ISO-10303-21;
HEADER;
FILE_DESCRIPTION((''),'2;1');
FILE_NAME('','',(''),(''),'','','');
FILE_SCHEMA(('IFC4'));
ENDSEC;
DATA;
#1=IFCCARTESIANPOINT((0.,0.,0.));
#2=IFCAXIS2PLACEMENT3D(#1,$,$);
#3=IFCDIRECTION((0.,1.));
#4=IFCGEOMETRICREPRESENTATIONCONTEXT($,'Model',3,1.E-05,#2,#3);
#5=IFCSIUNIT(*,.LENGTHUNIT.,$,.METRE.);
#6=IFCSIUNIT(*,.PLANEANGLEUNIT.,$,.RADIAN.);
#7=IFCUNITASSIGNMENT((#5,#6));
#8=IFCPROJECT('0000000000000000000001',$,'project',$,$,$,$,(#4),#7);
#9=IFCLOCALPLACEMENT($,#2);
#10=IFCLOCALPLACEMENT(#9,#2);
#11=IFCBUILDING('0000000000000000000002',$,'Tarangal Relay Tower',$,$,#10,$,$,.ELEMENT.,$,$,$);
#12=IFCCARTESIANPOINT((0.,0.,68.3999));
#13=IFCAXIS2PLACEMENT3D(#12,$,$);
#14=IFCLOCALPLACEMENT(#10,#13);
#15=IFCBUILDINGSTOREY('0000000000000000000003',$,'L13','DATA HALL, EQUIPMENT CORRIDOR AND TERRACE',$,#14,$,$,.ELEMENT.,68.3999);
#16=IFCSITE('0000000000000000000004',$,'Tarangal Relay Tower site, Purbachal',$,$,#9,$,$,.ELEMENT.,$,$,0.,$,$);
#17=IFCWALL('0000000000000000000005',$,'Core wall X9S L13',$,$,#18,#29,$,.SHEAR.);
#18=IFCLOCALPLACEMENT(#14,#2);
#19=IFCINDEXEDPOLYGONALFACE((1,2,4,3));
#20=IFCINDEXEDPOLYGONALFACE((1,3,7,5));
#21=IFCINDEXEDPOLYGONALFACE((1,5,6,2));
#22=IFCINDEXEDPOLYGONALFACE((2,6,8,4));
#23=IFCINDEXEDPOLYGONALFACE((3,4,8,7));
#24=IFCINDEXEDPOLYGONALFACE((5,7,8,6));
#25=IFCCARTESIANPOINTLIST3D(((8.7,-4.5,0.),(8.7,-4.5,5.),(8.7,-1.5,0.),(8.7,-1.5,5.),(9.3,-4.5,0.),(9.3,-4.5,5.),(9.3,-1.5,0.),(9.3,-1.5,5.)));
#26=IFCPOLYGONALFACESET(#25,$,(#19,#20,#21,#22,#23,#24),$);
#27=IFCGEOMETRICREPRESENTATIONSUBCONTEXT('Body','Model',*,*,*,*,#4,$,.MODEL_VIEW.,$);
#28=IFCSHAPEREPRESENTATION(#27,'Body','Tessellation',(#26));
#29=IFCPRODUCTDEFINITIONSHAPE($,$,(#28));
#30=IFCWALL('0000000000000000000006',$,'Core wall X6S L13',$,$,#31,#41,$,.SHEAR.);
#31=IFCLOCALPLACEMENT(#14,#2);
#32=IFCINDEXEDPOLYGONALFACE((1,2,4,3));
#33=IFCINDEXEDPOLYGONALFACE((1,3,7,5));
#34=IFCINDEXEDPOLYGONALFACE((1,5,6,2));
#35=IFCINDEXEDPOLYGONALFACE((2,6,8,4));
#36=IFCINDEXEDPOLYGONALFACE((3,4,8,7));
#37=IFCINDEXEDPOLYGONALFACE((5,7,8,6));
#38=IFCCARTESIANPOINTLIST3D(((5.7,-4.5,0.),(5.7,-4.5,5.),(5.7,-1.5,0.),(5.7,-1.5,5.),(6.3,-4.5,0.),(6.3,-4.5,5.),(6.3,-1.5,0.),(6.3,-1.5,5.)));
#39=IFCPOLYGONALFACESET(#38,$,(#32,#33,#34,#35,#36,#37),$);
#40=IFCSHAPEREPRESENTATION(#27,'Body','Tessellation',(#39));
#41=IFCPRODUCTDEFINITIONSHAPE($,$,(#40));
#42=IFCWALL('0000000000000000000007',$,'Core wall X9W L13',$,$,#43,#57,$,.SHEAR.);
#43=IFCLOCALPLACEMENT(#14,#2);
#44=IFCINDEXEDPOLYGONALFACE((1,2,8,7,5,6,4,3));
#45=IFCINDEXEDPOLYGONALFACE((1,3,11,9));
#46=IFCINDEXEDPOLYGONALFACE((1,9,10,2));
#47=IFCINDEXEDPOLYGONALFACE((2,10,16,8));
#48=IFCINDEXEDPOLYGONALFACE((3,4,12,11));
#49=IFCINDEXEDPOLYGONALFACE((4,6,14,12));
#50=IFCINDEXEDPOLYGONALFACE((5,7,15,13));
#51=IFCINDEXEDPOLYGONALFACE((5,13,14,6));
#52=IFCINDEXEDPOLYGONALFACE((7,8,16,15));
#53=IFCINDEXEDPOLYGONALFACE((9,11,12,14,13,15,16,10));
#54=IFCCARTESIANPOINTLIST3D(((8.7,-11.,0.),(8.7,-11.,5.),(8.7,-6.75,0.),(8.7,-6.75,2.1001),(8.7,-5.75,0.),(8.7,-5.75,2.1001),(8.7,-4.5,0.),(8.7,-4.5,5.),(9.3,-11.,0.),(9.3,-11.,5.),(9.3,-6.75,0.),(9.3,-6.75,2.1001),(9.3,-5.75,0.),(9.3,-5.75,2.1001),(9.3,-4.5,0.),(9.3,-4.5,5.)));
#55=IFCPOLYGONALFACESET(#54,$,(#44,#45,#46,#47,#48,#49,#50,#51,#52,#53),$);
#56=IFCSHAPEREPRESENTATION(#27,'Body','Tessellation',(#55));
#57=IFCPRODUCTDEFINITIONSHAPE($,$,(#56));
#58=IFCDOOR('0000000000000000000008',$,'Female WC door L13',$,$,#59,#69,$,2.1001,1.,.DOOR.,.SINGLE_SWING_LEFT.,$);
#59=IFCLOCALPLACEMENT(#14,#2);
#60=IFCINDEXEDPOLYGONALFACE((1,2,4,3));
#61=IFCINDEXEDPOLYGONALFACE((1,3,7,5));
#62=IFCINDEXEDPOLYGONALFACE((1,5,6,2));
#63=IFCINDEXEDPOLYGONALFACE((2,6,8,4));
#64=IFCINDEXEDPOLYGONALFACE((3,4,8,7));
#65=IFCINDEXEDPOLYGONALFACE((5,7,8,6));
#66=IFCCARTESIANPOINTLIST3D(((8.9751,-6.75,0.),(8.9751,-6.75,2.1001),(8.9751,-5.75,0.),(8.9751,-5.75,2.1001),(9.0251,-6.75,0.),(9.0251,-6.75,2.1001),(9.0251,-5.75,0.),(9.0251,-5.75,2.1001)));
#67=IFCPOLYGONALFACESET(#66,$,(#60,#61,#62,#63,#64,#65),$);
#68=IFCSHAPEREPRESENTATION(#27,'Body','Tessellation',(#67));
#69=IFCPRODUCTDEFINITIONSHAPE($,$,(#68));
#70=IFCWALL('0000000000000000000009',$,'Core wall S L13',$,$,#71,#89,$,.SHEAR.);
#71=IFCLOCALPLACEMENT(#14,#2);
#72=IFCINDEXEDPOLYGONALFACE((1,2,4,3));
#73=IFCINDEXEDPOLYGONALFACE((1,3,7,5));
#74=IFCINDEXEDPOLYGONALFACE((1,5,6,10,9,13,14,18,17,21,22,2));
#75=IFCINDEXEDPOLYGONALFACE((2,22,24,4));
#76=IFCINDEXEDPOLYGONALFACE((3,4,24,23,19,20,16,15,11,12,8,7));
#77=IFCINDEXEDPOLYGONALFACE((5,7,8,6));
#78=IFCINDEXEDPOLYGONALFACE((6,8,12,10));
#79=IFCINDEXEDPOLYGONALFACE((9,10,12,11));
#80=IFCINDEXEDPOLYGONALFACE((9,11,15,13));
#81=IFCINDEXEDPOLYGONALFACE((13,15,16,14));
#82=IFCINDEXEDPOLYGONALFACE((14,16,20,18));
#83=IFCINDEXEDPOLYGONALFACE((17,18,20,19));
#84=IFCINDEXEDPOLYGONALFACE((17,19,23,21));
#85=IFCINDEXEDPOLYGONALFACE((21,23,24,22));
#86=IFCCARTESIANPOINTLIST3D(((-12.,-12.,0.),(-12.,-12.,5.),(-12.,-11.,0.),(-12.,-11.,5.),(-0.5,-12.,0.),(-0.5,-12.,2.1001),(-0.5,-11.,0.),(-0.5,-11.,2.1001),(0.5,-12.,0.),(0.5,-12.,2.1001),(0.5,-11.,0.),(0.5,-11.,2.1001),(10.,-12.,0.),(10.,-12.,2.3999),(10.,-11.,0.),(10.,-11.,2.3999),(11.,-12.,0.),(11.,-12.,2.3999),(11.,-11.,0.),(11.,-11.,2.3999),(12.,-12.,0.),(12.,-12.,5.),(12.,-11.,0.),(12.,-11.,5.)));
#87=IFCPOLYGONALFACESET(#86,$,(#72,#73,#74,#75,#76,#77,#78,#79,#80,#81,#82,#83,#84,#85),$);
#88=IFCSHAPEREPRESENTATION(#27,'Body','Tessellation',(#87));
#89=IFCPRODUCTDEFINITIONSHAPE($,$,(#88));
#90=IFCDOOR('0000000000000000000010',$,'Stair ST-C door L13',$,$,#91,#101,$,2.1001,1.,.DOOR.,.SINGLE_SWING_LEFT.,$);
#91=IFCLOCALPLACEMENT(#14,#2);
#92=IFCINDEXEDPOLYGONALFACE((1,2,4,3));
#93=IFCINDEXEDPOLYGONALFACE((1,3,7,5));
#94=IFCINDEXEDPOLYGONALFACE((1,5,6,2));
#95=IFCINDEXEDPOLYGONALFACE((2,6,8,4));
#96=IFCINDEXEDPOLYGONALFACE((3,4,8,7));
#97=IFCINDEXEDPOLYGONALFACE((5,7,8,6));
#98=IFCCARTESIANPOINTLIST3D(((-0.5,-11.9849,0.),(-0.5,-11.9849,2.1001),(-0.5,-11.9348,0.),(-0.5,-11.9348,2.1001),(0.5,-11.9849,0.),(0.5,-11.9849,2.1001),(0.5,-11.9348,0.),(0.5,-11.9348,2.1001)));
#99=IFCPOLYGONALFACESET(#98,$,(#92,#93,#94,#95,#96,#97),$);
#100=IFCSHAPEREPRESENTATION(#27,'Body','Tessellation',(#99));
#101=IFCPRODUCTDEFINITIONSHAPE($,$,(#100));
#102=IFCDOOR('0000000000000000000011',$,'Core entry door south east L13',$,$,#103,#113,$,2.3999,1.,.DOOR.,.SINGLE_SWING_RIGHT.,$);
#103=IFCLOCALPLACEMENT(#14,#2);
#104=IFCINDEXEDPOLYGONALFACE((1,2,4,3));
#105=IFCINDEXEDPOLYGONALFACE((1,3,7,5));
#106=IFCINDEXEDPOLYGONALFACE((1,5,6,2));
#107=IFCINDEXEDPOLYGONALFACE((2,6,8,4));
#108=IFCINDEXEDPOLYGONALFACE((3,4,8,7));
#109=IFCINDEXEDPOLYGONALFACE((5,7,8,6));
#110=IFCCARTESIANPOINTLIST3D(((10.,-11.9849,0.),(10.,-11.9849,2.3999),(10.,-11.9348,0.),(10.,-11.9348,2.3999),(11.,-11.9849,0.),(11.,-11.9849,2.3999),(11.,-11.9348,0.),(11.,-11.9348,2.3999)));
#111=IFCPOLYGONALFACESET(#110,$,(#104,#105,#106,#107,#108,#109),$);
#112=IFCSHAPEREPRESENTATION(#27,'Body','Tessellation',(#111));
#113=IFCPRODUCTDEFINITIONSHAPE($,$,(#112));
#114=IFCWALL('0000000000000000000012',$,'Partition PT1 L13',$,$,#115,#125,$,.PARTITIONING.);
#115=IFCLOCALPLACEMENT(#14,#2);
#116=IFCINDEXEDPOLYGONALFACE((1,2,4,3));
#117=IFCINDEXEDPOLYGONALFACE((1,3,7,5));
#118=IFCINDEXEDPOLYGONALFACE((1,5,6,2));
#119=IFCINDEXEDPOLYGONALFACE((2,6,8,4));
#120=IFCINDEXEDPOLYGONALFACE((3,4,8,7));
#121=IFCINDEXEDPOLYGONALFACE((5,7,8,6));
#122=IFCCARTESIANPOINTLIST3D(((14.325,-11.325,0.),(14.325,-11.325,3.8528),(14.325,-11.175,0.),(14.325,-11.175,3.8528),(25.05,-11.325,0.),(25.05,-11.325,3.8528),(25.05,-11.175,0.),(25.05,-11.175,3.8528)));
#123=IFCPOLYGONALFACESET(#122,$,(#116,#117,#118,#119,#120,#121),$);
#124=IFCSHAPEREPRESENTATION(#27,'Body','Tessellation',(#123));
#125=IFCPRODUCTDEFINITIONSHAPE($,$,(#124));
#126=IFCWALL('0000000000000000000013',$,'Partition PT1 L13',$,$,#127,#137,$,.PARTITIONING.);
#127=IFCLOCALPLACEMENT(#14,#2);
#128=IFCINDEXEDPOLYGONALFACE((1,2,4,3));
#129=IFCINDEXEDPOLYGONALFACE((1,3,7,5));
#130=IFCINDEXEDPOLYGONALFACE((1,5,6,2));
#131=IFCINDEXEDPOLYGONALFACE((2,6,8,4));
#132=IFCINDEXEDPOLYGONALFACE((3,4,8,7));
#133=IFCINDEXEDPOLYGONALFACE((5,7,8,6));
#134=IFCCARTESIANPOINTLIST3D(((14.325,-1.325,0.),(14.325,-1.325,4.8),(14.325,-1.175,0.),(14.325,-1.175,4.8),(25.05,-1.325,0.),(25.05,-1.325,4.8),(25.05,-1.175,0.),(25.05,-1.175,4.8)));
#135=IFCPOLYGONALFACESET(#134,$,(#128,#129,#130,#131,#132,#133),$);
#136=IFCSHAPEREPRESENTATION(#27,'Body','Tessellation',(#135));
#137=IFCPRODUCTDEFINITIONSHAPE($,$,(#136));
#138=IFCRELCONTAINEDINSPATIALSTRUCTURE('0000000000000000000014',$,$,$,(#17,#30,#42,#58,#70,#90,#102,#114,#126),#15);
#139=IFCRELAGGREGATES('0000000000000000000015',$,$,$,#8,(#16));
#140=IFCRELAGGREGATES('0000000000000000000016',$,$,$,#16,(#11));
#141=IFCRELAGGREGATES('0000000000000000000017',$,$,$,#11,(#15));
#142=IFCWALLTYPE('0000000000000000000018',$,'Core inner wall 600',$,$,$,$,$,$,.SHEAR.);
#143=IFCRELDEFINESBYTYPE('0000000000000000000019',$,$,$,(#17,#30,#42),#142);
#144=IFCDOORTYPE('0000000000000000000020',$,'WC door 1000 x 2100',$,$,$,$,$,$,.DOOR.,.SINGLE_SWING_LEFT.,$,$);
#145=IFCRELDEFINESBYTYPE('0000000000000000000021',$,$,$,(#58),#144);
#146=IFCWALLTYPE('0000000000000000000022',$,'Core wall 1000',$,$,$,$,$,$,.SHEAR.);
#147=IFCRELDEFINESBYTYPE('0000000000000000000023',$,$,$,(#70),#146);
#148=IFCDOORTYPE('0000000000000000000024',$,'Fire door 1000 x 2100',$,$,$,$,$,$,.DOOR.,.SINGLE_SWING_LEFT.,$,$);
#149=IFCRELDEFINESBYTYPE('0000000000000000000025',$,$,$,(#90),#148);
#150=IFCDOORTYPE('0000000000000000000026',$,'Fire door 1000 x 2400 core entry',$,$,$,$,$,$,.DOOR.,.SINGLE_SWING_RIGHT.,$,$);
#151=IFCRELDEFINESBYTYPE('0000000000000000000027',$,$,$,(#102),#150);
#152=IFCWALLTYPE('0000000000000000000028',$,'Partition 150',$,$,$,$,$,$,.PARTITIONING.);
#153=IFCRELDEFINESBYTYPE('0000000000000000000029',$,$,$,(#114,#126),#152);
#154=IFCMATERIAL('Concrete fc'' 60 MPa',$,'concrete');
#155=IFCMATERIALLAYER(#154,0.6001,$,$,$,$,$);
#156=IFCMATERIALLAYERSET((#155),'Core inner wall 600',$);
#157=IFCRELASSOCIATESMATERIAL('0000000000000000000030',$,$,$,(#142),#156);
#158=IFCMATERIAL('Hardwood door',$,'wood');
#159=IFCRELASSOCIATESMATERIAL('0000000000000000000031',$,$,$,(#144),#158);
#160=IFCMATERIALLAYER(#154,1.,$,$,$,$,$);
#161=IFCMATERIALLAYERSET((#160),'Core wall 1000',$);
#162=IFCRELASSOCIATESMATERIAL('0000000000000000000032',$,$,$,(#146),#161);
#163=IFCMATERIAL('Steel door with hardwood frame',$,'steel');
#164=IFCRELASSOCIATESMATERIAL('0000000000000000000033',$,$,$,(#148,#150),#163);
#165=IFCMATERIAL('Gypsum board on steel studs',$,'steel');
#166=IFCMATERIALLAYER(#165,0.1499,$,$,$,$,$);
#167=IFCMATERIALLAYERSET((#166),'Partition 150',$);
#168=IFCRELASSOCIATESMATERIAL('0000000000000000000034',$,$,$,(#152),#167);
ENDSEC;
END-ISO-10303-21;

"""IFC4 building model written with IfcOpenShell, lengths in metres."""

from ifc_helpers import new_model, si_unit, direction, frame, frame_2d, origin, place, context, subcontext, project, spatial, rectangle, extrude, material, layer, layer_set, type_object, element, fill, save


model = new_model("IFC4")

# Units and contexts
model_context = context("Model", 3, precision=1e-05, world=origin(), true_north=direction((0.0, 1.0)))
body_context = subcontext(model_context, "Body", "Model", "MODEL_VIEW")
ifc_project = project(units=[si_unit("LENGTHUNIT", "METRE"), si_unit("PLANEANGLEUNIT", "RADIAN")], contexts=[model_context])

# Site, building, storey
site_placement = place(None, origin())
site = spatial("IfcSite", under=ifc_project, at=site_placement, Name="Tarangal Relay Tower site, Purbachal", CompositionType="ELEMENT", RefElevation=0.0)
building_placement = place(site_placement, origin())
building = spatial("IfcBuilding", under=site, at=building_placement, Name="Tarangal Relay Tower", CompositionType="ELEMENT")
storey_placement = place(building_placement, frame((0.0, 0.0, 68.3999)))
storey = spatial("IfcBuildingStorey", under=building, at=storey_placement, Name="L13", Description="DATA HALL, EQUIPMENT CORRIDOR AND TERRACE", CompositionType="ELEMENT", Elevation=68.3999)

# Walls
ifc_material_1 = material(Name="Concrete fc' 60 MPa", Category="concrete")
ifc_layer_1 = layer(ifc_material_1, 0.6001)
ifc_layer_set_1 = layer_set([ifc_layer_1], Name="Core inner wall 600")
wall_type_1 = type_object("IfcWallType", Name="Core inner wall 600", PredefinedType="SHEAR", material=ifc_layer_set_1)
for number, where, z_axis, x_axis, name in (
    (1, (9.0, -4.5, 0.0), (0.0, 0.0, 1.0), (0.0, 1.0, 0.0), "Core wall X9S L13"),
    (2, (6.0, -4.5, 0.0), (0.0, 0.0, 1.0), (0.0, 1.0, 0.0), "Core wall X6S L13"),
):
    element("IfcWall", number, at=place(storey_placement, frame(where, z_axis=z_axis, x_axis=x_axis)), inside=storey, type_object=wall_type_1, Name=name, PredefinedType="SHEAR", context=body_context, shape_type="SweptSolid", body=[
        extrude(rectangle(XDim=3.0, YDim=0.6001, at=frame_2d((1.5, 0.0))), origin(), (0.0, 0.0, 1.0), 5.0),
    ])

# Wall, opening, door
wall_1_placement = place(storey_placement, frame((9.0, -11.0, 0.0), z_axis=(0.0, 0.0, 1.0), x_axis=(0.0, 1.0, 0.0)))
wall_1 = element("IfcWall", 3, at=wall_1_placement, inside=storey, type_object=wall_type_1, Name="Core wall X9W L13", PredefinedType="SHEAR", context=body_context, shape_type="SweptSolid", body=[
    extrude(rectangle(XDim=6.5, YDim=0.6001, at=frame_2d((3.25, 0.0))), origin(), (0.0, 0.0, 1.0), 5.0),
])
opening_1_placement = place(wall_1_placement, frame((4.25, 0.0, 0.0)))
opening_1 = element("IfcOpeningElement", 4, at=opening_1_placement, cuts=wall_1, PredefinedType="OPENING", context=body_context, shape_type="SweptSolid", body=[
    extrude(rectangle(XDim=1.0, YDim=2.1001, at=frame_2d((0.5, 1.05))), frame((0.0, 0.3101, 0.0), z_axis=(0.0, -1.0, 0.0), x_axis=(1.0, 0.0, 0.0)), (0.0, 0.0, 1.0), 0.6201),
])
ifc_material_2 = material(Name="Hardwood door", Category="wood")
door_type_1 = type_object("IfcDoorType", Name="WC door 1000 x 2100", OperationType="SINGLE_SWING_LEFT", PredefinedType="DOOR", material=ifc_material_2)
door_1_placement = place(opening_1_placement, origin())
door_1 = element("IfcDoor", 5, at=door_1_placement, inside=storey, type_object=door_type_1, Name="Female WC door L13", OperationType="SINGLE_SWING_LEFT", OverallHeight=2.1001, OverallWidth=1.0, PredefinedType="DOOR", context=body_context, shape_type="SweptSolid", body=[
    extrude(rectangle(XDim=1.0, YDim=2.1001, at=frame_2d((0.5, 1.05))), frame((0.0, 0.0249, 0.0), z_axis=(0.0, -1.0, 0.0), x_axis=(1.0, 0.0, 0.0)), (0.0, 0.0, 1.0), 0.05),
])
fill(opening_1, door_1)

# Wall, openings, doors
ifc_layer_2 = layer(ifc_material_1, 1.0)
ifc_layer_set_2 = layer_set([ifc_layer_2], Name="Core wall 1000")
wall_type_2 = type_object("IfcWallType", Name="Core wall 1000", PredefinedType="SHEAR", material=ifc_layer_set_2)
wall_2_placement = place(storey_placement, frame((12.0, -11.5, 0.0), z_axis=(0.0, 0.0, 1.0), x_axis=(-1.0, 0.0, 0.0)))
wall_2 = element("IfcWall", 6, at=wall_2_placement, inside=storey, type_object=wall_type_2, Name="Core wall S L13", PredefinedType="SHEAR", context=body_context, shape_type="SweptSolid", body=[
    extrude(rectangle(XDim=24.0, YDim=1.0, at=frame_2d((12.0, 0.0))), origin(), (0.0, 0.0, 1.0), 5.0),
])
opening_2_placement = place(wall_2_placement, frame((11.5, 0.0, 0.0)))
opening_2 = element("IfcOpeningElement", 7, at=opening_2_placement, cuts=wall_2, PredefinedType="OPENING", context=body_context, shape_type="SweptSolid", body=[
    extrude(rectangle(XDim=1.0, YDim=2.1001, at=frame_2d((0.5, 1.05))), frame((0.0, 0.51, 0.0), z_axis=(0.0, -1.0, 0.0), x_axis=(1.0, 0.0, 0.0)), (0.0, 0.0, 1.0), 1.02),
])
opening_3_placement = place(wall_2_placement, frame((1.0, 0.0, 0.0)))
opening_3 = element("IfcOpeningElement", 8, at=opening_3_placement, cuts=wall_2, PredefinedType="OPENING", context=body_context, shape_type="SweptSolid", body=[
    extrude(rectangle(XDim=1.0, YDim=2.3999, at=frame_2d((0.5, 1.2))), frame((0.0, 0.51, 0.0), z_axis=(0.0, -1.0, 0.0), x_axis=(1.0, 0.0, 0.0)), (0.0, 0.0, 1.0), 1.02),
])
ifc_material_3 = material(Name="Steel door with hardwood frame", Category="steel")
door_type_2 = type_object("IfcDoorType", Name="Fire door 1000 x 2100", OperationType="SINGLE_SWING_LEFT", PredefinedType="DOOR", material=ifc_material_3)
door_2_placement = place(opening_2_placement, origin())
door_2 = element("IfcDoor", 9, at=door_2_placement, inside=storey, type_object=door_type_2, Name="Stair ST-C door L13", OperationType="SINGLE_SWING_LEFT", OverallHeight=2.1001, OverallWidth=1.0, PredefinedType="DOOR", context=body_context, shape_type="SweptSolid", body=[
    extrude(rectangle(XDim=1.0, YDim=2.1001, at=frame_2d((0.5, 1.05))), frame((0.0, 0.4849, 0.0), z_axis=(0.0, -1.0, 0.0), x_axis=(1.0, 0.0, 0.0)), (0.0, 0.0, 1.0), 0.05),
])
fill(opening_2, door_2)
door_type_3 = type_object("IfcDoorType", Name="Fire door 1000 x 2400 core entry", OperationType="SINGLE_SWING_RIGHT", PredefinedType="DOOR", material=ifc_material_3)
door_3_placement = place(opening_3_placement, origin())
door_3 = element("IfcDoor", 10, at=door_3_placement, inside=storey, type_object=door_type_3, Name="Core entry door south east L13", OperationType="SINGLE_SWING_RIGHT", OverallHeight=2.3999, OverallWidth=1.0, PredefinedType="DOOR", context=body_context, shape_type="SweptSolid", body=[
    extrude(rectangle(XDim=1.0, YDim=2.3999, at=frame_2d((0.5, 1.2))), frame((0.0, 0.4849, 0.0), z_axis=(0.0, -1.0, 0.0), x_axis=(1.0, 0.0, 0.0)), (0.0, 0.0, 1.0), 0.05),
])
fill(opening_3, door_3)

# Walls
ifc_material_4 = material(Name="Gypsum board on steel studs", Category="steel")
ifc_layer_3 = layer(ifc_material_4, 0.1499)
ifc_layer_set_3 = layer_set([ifc_layer_3], Name="Partition 150")
wall_type_3 = type_object("IfcWallType", Name="Partition 150", PredefinedType="PARTITIONING", material=ifc_layer_set_3)
wall_3_placement = place(storey_placement, frame((14.325, -11.25, 0.0), z_axis=(0.0, 0.0, 1.0), x_axis=(1.0, 0.0, 0.0)))
element("IfcWall", 11, at=wall_3_placement, inside=storey, type_object=wall_type_3, Name="Partition PT1 L13", PredefinedType="PARTITIONING", context=body_context, shape_type="SweptSolid", body=[
    extrude(rectangle(XDim=10.7251, YDim=0.1499, at=frame_2d((5.3625, 0.0))), origin(), (0.0, 0.0, 1.0), 3.8528),
])
wall_4_placement = place(storey_placement, frame((14.325, -1.25, 0.0), z_axis=(0.0, 0.0, 1.0), x_axis=(1.0, 0.0, 0.0)))
element("IfcWall", 12, at=wall_4_placement, inside=storey, type_object=wall_type_3, Name="Partition PT1 L13", PredefinedType="PARTITIONING", context=body_context, shape_type="SweptSolid", body=[
    extrude(rectangle(XDim=10.7251, YDim=0.1499, at=frame_2d((5.3625, 0.0))), origin(), (0.0, 0.0, 1.0), 4.8),
])

save(model, "model.ifc")
